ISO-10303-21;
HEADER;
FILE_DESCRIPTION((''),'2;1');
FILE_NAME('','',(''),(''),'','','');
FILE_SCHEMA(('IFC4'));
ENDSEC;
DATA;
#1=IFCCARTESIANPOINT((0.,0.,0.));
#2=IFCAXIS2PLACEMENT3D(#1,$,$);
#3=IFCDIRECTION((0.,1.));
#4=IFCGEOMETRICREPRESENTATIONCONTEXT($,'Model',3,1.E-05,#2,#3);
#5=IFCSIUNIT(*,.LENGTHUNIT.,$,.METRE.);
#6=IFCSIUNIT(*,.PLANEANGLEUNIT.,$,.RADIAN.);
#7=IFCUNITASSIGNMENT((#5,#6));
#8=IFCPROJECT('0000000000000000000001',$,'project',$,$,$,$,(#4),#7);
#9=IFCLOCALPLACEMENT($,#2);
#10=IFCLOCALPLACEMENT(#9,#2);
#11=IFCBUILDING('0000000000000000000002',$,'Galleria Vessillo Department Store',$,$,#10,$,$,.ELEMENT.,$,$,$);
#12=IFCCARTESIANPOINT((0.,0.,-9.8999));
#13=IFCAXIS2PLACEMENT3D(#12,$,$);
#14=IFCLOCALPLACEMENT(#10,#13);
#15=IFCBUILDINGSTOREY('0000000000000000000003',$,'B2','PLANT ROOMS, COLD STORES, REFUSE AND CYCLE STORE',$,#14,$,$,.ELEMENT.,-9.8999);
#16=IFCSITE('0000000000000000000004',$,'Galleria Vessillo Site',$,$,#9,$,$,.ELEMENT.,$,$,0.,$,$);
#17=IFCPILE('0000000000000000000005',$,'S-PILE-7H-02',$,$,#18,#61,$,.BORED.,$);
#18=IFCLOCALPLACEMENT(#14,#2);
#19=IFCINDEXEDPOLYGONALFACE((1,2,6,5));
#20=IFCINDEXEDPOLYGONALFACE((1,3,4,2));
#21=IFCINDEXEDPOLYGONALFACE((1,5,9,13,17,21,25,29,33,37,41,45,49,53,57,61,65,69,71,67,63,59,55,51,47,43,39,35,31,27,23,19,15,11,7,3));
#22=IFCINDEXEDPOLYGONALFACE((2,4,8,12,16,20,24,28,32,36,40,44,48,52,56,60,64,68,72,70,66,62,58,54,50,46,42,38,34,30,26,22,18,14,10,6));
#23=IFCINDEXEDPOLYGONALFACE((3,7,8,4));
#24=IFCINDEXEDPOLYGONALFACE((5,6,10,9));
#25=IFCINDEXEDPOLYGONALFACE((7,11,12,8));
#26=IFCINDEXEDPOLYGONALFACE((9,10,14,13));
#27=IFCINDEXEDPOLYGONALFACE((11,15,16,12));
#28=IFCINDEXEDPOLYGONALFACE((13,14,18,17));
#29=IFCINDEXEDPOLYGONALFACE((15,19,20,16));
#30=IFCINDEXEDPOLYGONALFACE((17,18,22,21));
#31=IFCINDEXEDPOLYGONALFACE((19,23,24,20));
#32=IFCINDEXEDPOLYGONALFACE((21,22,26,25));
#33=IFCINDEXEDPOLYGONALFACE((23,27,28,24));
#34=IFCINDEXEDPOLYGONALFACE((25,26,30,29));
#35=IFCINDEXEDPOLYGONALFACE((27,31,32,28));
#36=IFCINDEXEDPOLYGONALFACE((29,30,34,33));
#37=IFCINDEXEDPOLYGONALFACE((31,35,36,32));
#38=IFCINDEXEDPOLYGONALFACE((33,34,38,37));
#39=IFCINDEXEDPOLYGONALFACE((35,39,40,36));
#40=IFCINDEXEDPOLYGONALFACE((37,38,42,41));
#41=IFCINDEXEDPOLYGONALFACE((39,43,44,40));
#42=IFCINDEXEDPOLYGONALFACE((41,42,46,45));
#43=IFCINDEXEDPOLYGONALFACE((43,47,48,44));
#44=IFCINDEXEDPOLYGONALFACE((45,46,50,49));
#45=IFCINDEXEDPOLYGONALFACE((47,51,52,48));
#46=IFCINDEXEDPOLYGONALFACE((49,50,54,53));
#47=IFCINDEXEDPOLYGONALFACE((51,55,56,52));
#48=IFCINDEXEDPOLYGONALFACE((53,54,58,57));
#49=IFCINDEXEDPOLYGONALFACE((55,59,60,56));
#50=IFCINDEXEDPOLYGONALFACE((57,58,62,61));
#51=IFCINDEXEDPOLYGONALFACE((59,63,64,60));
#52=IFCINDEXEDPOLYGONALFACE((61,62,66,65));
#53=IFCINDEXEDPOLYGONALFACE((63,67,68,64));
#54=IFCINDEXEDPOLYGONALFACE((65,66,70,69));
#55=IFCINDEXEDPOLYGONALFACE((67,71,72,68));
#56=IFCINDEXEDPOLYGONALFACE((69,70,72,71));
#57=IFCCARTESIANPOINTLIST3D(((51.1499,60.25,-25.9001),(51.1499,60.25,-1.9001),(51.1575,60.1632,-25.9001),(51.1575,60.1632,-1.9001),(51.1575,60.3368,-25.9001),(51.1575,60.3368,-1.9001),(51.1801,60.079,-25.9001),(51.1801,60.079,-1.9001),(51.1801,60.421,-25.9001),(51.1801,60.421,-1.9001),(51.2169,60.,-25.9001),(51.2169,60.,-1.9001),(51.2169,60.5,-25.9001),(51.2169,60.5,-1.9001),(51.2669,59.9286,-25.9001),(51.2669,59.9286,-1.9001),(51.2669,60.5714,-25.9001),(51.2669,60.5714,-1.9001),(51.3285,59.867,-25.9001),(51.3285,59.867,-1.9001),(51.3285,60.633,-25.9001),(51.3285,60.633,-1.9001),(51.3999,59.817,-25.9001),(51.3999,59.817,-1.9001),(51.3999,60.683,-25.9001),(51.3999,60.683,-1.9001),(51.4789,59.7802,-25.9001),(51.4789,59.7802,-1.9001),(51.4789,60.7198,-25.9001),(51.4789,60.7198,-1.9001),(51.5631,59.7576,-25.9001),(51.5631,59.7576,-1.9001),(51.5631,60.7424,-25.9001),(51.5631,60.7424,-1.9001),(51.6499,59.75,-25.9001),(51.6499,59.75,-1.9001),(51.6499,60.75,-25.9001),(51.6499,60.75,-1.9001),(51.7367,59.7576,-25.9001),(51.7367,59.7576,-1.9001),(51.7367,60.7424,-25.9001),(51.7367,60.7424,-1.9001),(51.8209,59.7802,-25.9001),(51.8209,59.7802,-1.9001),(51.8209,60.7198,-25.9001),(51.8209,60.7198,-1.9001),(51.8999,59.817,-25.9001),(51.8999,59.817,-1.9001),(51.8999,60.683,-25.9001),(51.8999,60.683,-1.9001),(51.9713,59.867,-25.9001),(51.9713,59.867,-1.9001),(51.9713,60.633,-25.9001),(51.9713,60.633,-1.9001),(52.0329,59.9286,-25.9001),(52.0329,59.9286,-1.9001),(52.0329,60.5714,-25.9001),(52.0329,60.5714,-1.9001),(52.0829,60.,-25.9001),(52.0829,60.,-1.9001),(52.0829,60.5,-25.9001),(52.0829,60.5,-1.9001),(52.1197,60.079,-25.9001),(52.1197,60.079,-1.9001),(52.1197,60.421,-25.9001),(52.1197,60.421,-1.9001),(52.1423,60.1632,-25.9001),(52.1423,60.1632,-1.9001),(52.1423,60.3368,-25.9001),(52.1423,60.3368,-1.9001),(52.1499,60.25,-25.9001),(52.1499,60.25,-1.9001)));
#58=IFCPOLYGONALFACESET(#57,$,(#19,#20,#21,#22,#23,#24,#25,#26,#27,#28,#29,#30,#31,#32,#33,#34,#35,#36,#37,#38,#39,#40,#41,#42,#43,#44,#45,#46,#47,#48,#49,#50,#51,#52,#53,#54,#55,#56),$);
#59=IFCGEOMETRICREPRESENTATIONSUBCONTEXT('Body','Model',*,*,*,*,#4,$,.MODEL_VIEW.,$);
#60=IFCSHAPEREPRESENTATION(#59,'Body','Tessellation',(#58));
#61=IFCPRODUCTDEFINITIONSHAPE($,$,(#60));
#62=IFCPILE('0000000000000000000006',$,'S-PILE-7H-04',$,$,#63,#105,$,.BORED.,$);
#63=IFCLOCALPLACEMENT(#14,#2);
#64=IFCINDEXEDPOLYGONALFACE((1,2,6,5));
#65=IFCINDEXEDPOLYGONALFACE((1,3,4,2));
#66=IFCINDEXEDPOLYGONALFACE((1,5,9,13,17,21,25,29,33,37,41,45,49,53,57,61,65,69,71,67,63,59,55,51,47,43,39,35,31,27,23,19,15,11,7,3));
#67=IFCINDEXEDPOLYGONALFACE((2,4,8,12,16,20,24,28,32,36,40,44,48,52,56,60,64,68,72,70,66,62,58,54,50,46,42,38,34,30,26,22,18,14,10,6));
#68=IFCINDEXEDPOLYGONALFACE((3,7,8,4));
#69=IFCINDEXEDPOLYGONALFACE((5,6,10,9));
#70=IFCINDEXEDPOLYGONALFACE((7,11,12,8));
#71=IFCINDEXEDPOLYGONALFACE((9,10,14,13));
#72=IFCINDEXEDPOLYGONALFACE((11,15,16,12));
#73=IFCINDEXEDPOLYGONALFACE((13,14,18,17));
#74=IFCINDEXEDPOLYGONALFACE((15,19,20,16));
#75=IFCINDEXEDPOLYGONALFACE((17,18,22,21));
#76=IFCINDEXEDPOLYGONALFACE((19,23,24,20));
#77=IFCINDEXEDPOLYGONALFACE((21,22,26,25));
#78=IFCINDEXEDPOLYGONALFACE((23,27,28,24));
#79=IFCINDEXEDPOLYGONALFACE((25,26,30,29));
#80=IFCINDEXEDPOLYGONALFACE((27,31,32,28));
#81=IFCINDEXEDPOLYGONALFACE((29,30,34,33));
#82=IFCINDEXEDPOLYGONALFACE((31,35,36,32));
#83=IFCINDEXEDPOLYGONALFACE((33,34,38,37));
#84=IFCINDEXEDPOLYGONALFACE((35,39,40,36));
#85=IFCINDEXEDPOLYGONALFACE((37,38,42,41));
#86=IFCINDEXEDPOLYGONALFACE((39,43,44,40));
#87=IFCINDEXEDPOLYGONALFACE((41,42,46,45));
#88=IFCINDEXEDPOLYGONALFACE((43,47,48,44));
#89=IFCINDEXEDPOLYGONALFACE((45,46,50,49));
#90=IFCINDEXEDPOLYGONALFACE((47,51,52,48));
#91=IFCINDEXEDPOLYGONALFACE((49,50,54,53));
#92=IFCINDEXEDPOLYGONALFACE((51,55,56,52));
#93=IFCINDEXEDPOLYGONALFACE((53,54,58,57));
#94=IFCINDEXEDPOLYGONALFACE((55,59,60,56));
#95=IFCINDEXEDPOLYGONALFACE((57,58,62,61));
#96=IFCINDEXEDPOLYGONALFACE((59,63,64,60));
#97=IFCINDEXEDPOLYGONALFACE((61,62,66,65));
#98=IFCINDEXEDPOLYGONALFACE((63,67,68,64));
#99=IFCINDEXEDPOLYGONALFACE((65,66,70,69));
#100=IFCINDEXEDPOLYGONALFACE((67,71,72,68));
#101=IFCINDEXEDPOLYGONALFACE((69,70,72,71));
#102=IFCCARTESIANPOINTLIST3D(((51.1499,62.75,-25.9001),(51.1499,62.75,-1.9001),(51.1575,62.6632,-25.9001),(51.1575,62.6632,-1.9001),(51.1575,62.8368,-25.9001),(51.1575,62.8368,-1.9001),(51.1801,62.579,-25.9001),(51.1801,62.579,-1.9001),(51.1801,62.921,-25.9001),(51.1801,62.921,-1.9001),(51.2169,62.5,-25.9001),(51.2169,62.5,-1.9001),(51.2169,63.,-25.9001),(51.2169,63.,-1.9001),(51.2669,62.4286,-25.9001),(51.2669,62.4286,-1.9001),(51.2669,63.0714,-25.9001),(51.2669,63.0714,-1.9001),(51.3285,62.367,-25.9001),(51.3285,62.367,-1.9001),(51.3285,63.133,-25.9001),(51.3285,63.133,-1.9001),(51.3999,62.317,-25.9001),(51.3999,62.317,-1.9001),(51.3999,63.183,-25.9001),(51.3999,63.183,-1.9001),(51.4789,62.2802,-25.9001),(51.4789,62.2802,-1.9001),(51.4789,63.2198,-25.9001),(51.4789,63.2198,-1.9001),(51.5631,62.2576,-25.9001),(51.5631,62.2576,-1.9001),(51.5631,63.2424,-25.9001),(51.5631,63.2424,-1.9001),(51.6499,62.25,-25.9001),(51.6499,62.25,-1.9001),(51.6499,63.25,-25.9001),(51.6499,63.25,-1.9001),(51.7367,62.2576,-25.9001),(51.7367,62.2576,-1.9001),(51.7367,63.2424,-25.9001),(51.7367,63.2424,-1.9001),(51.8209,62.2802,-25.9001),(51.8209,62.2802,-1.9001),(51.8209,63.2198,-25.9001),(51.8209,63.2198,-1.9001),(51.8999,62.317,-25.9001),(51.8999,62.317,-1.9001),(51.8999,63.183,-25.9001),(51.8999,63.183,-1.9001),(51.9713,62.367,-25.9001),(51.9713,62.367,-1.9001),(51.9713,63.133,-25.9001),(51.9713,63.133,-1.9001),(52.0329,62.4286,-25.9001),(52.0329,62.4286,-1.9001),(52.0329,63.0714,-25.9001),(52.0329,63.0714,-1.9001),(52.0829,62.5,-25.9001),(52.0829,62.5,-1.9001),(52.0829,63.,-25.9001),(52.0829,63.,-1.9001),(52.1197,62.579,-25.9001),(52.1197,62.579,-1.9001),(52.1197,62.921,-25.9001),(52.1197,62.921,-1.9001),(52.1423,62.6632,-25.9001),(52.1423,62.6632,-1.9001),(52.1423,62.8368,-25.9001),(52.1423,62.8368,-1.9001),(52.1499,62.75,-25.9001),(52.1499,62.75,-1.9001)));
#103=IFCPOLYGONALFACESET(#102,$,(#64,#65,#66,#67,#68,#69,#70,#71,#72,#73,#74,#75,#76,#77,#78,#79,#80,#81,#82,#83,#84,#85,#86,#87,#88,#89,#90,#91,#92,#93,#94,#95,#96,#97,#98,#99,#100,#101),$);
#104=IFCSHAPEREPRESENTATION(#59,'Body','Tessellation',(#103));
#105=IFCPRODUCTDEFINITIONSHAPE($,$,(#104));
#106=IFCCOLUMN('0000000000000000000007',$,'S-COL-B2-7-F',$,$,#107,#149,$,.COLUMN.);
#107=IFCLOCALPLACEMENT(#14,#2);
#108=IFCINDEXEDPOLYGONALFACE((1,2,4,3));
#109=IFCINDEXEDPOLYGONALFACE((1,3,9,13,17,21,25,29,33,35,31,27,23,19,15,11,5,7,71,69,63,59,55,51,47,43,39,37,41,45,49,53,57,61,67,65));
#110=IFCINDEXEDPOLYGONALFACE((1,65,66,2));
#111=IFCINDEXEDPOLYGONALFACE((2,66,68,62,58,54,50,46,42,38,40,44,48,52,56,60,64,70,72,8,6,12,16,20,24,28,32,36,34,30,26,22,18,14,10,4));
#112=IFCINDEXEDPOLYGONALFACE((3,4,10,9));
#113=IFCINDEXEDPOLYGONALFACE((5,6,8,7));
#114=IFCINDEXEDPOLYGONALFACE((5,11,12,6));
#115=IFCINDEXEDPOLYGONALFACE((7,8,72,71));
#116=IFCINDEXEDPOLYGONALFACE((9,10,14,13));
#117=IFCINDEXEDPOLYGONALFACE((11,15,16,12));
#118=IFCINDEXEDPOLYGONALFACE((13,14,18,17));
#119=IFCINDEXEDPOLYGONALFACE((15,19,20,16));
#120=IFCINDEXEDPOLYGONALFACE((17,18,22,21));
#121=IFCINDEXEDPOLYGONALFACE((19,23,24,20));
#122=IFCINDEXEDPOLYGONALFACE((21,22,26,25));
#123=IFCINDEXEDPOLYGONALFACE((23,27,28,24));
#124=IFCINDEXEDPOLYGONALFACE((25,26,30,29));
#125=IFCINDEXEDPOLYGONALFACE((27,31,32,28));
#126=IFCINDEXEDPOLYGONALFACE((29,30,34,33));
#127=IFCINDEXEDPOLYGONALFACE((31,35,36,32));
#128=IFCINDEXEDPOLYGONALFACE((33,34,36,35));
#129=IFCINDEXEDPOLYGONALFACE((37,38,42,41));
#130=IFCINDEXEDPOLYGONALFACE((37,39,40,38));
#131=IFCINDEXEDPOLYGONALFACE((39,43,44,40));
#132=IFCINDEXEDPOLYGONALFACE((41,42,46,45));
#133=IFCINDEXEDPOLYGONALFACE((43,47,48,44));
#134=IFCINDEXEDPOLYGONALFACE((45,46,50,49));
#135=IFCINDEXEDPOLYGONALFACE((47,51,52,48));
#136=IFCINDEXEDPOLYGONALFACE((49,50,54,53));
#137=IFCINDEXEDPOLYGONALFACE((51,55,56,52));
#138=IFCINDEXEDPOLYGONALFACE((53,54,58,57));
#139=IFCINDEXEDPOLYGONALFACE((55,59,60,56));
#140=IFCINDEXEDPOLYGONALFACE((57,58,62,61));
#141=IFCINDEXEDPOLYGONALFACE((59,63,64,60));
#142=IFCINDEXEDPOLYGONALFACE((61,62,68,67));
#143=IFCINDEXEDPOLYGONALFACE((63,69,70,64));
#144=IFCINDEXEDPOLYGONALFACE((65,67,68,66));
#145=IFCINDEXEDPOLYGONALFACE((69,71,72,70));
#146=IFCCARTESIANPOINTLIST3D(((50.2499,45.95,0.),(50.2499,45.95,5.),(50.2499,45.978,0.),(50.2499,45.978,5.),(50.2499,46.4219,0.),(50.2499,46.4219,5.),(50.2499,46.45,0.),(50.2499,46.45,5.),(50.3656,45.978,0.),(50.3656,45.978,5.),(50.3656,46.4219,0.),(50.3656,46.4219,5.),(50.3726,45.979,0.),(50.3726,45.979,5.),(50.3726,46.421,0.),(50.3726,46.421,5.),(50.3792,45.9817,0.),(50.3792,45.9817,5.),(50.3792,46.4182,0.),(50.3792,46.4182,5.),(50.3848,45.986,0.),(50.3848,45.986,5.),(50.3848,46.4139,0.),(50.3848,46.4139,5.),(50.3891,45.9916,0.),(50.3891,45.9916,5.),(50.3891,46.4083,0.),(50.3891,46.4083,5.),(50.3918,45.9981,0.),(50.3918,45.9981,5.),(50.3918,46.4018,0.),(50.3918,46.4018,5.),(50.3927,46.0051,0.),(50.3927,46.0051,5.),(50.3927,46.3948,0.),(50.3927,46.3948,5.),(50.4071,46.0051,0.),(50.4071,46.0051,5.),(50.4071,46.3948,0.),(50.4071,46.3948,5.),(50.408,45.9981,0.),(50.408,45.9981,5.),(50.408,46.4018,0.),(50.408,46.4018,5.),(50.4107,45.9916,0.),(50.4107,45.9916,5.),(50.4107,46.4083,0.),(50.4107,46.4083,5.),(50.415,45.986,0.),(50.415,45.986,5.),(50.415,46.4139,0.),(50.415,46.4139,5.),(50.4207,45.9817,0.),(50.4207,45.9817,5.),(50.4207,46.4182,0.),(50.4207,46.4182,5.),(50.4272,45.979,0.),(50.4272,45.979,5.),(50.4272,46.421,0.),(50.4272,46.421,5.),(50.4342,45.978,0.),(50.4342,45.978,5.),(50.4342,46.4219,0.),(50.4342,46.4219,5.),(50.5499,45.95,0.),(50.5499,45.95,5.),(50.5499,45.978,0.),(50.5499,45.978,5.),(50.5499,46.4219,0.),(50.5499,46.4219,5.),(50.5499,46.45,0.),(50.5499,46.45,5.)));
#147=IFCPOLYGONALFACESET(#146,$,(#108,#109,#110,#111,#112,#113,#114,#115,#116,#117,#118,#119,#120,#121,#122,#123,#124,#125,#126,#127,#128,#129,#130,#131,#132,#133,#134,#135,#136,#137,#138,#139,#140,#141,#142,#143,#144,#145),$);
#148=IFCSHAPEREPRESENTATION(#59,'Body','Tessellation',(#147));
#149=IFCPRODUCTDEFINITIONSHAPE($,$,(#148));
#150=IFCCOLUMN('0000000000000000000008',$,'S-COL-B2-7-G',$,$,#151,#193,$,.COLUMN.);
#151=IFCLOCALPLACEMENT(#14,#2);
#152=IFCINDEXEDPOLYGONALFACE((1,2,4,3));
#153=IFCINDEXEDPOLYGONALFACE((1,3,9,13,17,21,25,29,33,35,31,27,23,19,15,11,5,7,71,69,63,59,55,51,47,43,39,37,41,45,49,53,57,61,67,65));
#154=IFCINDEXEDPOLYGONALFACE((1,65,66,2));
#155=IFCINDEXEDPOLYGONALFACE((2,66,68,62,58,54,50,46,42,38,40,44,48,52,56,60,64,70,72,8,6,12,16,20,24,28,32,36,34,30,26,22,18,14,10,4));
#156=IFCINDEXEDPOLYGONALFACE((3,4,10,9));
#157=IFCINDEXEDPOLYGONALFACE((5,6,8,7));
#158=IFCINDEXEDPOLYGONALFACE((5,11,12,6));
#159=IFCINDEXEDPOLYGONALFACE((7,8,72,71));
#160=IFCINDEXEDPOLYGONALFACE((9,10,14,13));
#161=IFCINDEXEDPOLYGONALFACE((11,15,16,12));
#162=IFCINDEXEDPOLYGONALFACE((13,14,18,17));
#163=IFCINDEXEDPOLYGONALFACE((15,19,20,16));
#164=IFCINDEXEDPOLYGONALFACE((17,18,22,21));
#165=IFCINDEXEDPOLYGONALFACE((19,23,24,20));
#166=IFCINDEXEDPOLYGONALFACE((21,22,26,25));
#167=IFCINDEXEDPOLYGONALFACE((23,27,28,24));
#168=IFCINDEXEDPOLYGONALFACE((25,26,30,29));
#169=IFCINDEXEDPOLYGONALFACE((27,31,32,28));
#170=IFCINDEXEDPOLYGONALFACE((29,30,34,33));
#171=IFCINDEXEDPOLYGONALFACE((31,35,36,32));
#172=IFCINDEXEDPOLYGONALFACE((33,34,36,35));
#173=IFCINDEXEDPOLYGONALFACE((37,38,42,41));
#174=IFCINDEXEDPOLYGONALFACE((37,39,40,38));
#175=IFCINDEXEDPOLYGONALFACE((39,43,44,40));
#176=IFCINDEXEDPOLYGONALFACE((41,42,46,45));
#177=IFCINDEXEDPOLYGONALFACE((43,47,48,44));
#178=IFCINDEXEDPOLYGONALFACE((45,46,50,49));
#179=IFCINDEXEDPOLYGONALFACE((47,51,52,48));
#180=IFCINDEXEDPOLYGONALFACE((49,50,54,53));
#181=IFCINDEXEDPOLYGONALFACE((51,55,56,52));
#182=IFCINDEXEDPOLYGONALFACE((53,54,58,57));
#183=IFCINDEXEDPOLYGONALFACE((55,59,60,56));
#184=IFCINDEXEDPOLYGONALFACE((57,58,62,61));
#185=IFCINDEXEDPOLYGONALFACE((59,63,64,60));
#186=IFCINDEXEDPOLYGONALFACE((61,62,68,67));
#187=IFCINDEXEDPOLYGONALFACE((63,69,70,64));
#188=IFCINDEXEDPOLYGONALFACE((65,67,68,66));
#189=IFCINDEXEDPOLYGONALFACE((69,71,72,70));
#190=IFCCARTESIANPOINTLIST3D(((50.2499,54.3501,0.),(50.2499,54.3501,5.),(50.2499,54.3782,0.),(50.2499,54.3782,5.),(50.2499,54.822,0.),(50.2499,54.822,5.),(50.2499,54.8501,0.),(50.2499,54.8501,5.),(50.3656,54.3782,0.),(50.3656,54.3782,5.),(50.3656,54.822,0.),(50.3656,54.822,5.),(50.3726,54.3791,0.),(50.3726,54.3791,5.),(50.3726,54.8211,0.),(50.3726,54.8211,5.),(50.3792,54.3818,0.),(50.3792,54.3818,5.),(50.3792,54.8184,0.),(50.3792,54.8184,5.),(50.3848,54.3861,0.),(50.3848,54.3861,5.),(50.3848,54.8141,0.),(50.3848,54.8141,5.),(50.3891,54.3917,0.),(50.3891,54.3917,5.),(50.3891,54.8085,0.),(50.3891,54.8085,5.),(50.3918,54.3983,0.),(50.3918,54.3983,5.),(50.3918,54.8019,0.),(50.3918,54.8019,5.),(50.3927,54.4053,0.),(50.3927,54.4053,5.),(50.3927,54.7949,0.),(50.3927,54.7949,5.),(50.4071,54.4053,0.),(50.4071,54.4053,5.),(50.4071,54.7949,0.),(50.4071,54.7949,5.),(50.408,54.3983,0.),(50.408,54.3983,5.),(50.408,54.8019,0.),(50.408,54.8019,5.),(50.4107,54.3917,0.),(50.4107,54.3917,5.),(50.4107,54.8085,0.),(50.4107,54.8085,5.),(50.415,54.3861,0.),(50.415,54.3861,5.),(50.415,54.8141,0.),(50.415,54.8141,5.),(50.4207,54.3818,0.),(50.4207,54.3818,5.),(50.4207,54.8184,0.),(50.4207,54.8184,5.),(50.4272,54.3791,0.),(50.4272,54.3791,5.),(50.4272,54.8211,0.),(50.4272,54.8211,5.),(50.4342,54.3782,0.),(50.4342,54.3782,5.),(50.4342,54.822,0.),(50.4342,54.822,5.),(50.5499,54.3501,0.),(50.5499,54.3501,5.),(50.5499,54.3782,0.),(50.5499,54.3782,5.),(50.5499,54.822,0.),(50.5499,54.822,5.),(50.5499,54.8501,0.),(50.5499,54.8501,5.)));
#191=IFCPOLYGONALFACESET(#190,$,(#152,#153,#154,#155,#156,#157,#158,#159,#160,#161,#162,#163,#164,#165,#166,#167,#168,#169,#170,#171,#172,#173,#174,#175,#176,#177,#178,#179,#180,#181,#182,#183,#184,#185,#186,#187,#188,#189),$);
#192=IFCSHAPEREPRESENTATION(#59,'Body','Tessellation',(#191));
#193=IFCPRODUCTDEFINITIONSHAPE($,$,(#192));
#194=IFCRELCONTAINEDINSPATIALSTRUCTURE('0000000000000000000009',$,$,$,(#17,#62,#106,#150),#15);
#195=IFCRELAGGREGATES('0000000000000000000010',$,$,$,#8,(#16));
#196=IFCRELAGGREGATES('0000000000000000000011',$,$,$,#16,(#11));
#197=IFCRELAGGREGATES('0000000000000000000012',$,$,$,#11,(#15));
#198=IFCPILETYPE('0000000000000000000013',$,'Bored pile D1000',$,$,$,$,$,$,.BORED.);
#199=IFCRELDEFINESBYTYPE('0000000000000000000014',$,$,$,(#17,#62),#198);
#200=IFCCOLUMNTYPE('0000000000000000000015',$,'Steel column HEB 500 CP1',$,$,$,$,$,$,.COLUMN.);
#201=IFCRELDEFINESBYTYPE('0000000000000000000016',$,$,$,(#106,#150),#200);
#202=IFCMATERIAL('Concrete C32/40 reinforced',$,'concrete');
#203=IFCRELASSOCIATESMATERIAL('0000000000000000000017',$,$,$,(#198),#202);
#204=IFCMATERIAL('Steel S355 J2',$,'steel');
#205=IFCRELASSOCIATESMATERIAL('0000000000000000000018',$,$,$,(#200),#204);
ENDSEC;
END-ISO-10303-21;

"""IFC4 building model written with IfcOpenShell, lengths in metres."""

from ifc_helpers import new_model, si_unit, direction, frame, origin, origin_2d, place, context, subcontext, project, spatial, circle, i_section, extrude, material, material_profile, profile_set, type_object, element, save


model = new_model("IFC4")

# Units and contexts
model_context = context("Model", 3, precision=1e-05, world=origin(), true_north=direction((0.0, 1.0)))
body_context = subcontext(model_context, "Body", "Model", "MODEL_VIEW")
ifc_project = project(units=[si_unit("LENGTHUNIT", "METRE"), si_unit("PLANEANGLEUNIT", "RADIAN")], contexts=[model_context])

# Site, building, storey
site_placement = place(None, origin())
site = spatial("IfcSite", under=ifc_project, at=site_placement, Name="Galleria Vessillo Site", CompositionType="ELEMENT", RefElevation=0.0)
building_placement = place(site_placement, origin())
building = spatial("IfcBuilding", under=site, at=building_placement, Name="Galleria Vessillo Department Store", CompositionType="ELEMENT")
storey_placement = place(building_placement, frame((0.0, 0.0, -9.8999)))
storey = spatial("IfcBuildingStorey", under=building, at=storey_placement, Name="B2", Description="PLANT ROOMS, COLD STORES, REFUSE AND CYCLE STORE", CompositionType="ELEMENT", Elevation=-9.8999)

# Piles
ifc_material_1 = material(Name="Concrete C32/40 reinforced", Category="concrete")
ifc_material_profile_1 = material_profile(ifc_material_1, circle(Radius=0.5, at=origin_2d()), Name="Bored pile D1000")
ifc_profile_set_1 = profile_set([ifc_material_profile_1], Name="Concrete C32/40 reinforced")
pile_type = type_object("IfcPileType", Name="Bored pile D1000", PredefinedType="BORED", material=ifc_profile_set_1)
for number, where, z_axis, x_axis, name in (
    (1, (51.6499, 60.25, -1.9001), (0.0, 0.0, -1.0), (1.0, 0.0, 0.0), "S-PILE-7H-02"),
    (2, (51.6499, 62.75, -1.9001), (0.0, 0.0, -1.0), (1.0, 0.0, 0.0), "S-PILE-7H-04"),
):
    element("IfcPile", number, at=place(storey_placement, frame(where, z_axis=z_axis, x_axis=x_axis)), inside=storey, type_object=pile_type, Name=name, PredefinedType="BORED", context=body_context, shape_type="SweptSolid", body=[
        extrude(circle(Radius=0.5, at=origin_2d()), origin(), (0.0, 0.0, 1.0), 24.0),
    ])

# Columns
ifc_material_2 = material(Name="Steel S355 J2", Category="steel")
ifc_material_profile_2 = material_profile(ifc_material_2, i_section(OverallWidth=0.3, OverallDepth=0.5, WebThickness=0.0144, FlangeThickness=0.0281, FilletRadius=0.0271, at=origin_2d()), Name="HEB 500")
ifc_profile_set_2 = profile_set([ifc_material_profile_2], Name="Steel S355 J2")
column_type_1 = type_object("IfcColumnType", Name="Steel column HEB 500 CP1", PredefinedType="COLUMN", material=ifc_profile_set_2)
for number, where, z_axis, x_axis, name in (
    (3, (50.3999, 46.2, 0.0), (0.0, 0.0, 1.0), (1.0, 0.0, 0.0), "S-COL-B2-7-F"),
    (4, (50.3999, 54.6001, 0.0), (0.0, 0.0, 1.0), (1.0, 0.0, 0.0), "S-COL-B2-7-G"),
):
    element("IfcColumn", number, at=place(storey_placement, frame(where, z_axis=z_axis, x_axis=x_axis)), inside=storey, type_object=column_type_1, Name=name, PredefinedType="COLUMN", context=body_context, shape_type="SweptSolid", body=[
        extrude(i_section(OverallWidth=0.3, OverallDepth=0.5, WebThickness=0.0144, FlangeThickness=0.0281, FilletRadius=0.0271, at=origin_2d()), origin(), (0.0, 0.0, 1.0), 5.0),
    ])

save(model, "model.ifc")
